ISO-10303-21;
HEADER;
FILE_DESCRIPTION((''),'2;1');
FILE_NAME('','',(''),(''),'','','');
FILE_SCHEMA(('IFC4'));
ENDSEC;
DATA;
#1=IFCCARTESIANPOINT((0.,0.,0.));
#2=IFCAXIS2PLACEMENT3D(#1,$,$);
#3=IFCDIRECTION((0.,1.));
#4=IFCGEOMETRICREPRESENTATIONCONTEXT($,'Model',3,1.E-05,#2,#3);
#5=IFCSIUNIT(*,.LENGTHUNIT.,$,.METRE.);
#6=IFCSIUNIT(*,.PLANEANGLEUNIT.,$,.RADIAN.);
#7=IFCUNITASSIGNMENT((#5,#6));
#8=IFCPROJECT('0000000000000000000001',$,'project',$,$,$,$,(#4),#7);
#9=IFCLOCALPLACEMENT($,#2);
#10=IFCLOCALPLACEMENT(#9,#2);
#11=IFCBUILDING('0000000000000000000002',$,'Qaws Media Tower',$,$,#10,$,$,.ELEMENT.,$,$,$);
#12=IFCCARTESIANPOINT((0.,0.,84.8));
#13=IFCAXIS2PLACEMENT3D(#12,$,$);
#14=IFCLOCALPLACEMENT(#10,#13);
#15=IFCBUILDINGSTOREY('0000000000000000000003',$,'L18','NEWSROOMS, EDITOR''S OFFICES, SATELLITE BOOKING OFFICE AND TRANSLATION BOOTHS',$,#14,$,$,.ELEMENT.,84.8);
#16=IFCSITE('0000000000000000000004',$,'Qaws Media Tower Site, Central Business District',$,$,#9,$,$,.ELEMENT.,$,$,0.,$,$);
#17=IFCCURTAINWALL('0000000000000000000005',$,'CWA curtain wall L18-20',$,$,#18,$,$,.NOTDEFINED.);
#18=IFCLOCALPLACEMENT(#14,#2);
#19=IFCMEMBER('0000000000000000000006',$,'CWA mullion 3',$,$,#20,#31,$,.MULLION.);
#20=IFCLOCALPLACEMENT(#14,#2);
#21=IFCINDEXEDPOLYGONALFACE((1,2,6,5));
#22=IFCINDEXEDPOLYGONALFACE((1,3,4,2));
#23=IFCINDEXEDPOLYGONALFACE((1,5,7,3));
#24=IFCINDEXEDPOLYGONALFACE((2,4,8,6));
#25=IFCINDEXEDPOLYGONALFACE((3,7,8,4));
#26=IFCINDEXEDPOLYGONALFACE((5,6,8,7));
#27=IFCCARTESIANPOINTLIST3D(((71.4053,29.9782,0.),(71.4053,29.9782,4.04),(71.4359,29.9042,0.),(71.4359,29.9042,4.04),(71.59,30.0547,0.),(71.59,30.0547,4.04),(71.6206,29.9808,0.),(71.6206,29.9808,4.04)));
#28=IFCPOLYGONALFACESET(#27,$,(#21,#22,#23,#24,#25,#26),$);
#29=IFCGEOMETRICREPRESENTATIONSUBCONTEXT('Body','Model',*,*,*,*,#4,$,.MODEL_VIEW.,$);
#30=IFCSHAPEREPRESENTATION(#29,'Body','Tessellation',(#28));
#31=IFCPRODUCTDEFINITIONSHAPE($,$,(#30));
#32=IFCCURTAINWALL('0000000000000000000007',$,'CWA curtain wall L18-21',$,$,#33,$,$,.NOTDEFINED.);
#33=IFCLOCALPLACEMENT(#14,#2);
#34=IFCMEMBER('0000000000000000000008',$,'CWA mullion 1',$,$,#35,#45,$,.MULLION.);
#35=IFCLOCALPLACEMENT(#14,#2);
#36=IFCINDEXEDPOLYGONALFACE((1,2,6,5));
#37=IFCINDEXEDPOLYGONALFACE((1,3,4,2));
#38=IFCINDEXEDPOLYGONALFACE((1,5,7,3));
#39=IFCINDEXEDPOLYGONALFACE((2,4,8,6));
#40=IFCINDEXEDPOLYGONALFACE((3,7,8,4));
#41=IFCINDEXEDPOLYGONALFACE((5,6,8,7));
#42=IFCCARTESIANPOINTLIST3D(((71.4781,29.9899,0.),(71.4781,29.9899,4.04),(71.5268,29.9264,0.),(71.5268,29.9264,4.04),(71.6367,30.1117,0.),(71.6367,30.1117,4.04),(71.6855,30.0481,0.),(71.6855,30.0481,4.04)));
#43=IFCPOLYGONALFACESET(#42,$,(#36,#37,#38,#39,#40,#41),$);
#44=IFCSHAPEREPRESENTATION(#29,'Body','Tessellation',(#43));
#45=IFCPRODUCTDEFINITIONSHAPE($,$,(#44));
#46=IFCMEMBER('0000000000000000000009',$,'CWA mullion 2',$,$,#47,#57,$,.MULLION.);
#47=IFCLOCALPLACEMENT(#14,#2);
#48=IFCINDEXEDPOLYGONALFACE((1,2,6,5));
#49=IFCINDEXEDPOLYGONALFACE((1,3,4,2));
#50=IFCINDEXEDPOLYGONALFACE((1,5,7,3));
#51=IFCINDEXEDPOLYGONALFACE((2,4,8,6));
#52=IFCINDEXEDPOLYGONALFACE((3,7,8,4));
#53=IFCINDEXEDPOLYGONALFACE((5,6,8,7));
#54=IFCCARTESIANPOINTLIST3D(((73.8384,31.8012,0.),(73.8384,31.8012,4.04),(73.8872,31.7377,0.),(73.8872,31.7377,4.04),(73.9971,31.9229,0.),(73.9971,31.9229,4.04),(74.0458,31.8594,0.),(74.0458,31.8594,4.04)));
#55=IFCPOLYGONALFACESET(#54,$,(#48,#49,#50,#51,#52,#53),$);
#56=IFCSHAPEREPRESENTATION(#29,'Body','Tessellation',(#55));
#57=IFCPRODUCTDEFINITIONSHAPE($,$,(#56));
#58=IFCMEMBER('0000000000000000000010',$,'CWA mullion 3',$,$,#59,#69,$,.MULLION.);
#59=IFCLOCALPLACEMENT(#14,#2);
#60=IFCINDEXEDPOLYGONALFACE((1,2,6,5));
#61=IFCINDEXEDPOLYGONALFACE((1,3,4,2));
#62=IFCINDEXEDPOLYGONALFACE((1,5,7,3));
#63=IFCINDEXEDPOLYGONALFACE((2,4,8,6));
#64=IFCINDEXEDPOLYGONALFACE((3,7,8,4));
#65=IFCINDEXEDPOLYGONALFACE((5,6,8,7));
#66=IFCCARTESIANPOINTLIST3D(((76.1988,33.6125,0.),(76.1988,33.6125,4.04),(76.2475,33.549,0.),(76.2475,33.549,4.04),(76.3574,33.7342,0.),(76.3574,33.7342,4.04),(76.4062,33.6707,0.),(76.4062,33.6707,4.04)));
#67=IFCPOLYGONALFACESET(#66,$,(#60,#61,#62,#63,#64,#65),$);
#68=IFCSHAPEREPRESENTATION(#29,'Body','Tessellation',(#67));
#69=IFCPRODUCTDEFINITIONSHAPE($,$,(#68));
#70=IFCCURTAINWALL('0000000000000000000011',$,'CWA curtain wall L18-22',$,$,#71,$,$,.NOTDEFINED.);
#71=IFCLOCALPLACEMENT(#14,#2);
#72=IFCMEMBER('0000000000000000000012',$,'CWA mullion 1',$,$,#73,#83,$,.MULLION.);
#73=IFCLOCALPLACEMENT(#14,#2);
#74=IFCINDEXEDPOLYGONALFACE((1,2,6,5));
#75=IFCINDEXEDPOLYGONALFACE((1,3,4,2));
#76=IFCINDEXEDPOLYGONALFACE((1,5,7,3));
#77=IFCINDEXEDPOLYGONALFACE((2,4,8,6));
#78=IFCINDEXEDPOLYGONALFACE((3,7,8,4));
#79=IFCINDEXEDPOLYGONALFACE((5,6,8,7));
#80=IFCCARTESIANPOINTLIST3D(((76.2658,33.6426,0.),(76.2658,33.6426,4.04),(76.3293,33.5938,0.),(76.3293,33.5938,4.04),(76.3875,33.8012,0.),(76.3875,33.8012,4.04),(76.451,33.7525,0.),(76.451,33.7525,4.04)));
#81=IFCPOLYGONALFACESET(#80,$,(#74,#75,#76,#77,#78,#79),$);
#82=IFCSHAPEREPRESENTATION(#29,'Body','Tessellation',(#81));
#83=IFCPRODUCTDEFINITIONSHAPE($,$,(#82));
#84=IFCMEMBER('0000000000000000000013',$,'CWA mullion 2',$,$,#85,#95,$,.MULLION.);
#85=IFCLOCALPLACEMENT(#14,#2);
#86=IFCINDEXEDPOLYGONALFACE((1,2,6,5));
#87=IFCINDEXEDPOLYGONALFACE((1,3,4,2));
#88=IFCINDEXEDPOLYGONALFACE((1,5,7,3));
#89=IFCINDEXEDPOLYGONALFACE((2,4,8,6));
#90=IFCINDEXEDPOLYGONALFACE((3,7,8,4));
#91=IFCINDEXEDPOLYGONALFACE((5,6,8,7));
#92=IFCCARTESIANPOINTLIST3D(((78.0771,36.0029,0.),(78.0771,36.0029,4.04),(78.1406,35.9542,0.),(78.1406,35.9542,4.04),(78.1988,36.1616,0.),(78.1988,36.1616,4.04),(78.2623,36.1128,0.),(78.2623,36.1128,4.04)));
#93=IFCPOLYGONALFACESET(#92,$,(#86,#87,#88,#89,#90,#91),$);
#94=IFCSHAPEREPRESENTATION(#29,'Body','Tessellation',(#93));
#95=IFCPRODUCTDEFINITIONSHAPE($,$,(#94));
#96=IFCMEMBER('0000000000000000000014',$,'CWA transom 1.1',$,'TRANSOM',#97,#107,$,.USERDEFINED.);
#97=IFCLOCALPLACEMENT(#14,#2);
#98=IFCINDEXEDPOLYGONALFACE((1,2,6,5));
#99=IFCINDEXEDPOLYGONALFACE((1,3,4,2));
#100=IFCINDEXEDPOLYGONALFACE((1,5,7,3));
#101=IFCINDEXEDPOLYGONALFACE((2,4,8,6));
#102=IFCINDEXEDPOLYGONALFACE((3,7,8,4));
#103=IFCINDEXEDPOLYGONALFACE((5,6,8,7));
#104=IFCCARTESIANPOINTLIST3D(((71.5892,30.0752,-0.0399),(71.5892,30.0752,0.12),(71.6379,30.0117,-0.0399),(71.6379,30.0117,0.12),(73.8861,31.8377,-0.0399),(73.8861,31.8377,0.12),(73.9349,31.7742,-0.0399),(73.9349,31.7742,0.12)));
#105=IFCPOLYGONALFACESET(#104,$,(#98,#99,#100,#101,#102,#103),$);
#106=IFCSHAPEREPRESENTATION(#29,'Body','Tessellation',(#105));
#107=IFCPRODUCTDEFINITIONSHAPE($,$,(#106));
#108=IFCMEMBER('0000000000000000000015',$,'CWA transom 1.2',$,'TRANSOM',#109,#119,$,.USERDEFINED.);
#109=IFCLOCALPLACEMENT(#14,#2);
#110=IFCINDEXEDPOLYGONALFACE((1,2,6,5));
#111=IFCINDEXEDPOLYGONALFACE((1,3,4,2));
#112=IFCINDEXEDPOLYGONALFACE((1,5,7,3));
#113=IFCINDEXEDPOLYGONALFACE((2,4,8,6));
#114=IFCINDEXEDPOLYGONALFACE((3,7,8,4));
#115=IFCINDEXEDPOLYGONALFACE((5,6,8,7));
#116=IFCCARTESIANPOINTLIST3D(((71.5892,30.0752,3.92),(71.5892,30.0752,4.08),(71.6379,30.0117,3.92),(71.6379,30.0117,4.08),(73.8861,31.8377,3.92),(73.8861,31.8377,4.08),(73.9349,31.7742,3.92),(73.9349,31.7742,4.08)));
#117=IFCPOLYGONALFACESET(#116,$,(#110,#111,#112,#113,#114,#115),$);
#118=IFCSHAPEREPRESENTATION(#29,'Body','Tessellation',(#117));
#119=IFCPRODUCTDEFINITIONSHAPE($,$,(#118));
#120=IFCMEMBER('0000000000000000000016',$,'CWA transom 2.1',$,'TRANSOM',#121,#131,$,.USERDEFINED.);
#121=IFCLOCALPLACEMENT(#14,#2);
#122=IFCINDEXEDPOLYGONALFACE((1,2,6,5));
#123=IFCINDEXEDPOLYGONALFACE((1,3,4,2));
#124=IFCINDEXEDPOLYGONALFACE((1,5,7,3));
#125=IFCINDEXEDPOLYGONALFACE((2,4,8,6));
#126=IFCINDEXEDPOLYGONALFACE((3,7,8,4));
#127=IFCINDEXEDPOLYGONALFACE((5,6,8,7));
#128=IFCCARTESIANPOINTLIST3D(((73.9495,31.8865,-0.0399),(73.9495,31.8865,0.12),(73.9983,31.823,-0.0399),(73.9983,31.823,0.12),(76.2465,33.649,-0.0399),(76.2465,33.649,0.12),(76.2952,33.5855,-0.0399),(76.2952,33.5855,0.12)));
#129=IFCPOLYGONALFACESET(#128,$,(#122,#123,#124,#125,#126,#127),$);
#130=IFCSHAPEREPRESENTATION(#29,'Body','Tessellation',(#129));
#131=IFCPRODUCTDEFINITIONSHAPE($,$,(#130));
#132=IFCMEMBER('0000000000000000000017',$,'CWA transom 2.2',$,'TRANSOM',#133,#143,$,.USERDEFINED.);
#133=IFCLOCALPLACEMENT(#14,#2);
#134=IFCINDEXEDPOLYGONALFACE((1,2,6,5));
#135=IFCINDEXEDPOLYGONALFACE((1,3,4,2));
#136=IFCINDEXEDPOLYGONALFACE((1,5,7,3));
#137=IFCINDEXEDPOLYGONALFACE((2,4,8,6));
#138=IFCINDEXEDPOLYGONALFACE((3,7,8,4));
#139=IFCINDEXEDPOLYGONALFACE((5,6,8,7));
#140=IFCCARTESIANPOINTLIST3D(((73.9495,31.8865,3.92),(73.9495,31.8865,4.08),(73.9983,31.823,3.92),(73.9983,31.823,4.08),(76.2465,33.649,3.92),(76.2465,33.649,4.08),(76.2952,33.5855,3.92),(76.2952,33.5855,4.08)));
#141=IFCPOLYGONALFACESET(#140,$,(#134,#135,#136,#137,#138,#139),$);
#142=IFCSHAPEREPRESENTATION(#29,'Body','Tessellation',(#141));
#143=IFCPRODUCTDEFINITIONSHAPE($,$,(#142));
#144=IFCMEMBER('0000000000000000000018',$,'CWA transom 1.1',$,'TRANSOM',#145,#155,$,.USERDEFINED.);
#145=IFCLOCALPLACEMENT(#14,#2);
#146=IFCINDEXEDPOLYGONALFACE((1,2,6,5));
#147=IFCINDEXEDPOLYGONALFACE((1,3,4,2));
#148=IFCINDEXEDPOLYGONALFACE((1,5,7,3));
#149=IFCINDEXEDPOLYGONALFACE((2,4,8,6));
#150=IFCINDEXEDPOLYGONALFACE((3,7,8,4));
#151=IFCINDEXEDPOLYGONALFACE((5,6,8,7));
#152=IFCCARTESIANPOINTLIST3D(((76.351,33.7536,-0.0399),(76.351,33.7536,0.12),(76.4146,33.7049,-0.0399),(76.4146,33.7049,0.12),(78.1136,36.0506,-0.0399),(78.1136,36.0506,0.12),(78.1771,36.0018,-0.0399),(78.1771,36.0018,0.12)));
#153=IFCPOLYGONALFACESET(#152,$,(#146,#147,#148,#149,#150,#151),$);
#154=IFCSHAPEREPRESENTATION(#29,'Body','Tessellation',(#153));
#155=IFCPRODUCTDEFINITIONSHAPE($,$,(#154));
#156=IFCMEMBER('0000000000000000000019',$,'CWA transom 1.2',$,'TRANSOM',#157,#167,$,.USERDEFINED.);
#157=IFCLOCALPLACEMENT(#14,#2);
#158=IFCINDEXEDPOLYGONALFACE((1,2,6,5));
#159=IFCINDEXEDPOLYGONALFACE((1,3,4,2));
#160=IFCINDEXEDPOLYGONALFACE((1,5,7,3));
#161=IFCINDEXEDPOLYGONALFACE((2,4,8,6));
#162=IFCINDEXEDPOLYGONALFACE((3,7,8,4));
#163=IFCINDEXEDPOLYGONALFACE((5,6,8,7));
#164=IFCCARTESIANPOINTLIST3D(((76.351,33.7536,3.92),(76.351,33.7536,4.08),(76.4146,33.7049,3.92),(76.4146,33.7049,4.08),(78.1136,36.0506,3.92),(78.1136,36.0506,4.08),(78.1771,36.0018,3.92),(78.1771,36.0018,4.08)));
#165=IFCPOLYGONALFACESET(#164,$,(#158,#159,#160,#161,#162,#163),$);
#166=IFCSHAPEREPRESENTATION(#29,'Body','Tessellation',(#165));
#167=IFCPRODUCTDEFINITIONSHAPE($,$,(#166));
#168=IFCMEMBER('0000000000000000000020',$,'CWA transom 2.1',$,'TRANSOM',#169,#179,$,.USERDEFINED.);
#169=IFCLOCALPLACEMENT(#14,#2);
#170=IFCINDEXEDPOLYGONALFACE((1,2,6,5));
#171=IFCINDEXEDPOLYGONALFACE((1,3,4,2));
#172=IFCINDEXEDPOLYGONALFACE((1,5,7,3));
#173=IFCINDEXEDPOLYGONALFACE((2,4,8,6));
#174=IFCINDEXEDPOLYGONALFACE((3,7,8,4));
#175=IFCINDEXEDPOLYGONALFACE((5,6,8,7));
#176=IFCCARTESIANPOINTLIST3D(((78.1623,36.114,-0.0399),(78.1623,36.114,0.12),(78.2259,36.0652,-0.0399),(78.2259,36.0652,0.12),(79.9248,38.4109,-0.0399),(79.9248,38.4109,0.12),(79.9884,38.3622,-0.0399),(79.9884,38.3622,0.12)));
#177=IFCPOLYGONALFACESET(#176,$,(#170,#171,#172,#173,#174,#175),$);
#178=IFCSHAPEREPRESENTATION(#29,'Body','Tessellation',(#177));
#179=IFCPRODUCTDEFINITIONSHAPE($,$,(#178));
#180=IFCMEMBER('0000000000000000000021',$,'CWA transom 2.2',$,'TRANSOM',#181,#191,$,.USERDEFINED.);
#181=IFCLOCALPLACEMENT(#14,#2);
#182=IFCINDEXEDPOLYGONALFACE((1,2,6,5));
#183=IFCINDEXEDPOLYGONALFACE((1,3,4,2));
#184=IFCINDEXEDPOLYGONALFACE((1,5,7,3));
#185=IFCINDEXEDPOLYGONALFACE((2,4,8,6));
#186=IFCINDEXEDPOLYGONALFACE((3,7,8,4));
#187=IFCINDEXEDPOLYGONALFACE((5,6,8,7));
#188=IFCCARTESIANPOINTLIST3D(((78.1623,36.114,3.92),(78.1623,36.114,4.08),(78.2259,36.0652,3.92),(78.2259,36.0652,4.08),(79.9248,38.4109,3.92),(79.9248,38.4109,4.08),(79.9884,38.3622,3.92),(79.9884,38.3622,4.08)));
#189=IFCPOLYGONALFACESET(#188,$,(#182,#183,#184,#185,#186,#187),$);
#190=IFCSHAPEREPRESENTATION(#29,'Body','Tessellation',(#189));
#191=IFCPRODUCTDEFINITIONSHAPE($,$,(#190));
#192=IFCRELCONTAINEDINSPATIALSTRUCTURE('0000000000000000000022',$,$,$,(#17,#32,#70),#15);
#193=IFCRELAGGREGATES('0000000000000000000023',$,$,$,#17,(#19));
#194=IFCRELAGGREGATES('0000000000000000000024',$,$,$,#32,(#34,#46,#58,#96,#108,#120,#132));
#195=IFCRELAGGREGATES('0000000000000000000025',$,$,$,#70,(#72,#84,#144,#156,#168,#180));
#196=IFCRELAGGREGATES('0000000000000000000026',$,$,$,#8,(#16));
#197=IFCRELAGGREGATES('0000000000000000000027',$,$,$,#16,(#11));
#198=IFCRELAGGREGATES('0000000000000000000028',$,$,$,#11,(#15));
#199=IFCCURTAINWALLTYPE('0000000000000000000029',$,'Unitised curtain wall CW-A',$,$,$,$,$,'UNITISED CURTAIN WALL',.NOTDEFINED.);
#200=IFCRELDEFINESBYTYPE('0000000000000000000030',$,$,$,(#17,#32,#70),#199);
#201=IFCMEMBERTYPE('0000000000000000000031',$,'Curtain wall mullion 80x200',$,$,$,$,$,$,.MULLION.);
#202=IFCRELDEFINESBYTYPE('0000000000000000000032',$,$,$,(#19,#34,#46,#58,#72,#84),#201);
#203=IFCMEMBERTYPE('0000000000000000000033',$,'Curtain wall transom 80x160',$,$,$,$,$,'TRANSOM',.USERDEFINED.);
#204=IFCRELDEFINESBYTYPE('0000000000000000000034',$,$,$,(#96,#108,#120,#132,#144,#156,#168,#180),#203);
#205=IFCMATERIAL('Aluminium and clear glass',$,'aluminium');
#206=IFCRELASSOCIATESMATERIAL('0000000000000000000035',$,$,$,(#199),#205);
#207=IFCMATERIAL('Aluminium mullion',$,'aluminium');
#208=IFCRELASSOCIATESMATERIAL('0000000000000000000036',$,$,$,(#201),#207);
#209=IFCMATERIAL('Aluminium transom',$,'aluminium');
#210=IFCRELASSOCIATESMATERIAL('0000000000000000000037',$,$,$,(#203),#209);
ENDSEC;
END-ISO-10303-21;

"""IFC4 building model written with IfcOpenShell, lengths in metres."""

from ifc_helpers import new_model, si_unit, direction, frame, origin, origin_2d, place, context, subcontext, project, spatial, rectangle, extrude, material, material_profile, profile_set, type_object, element, aggregate, save


model = new_model("IFC4")

# Units and contexts
model_context = context("Model", 3, precision=1e-05, world=origin(), true_north=direction((0.0, 1.0)))
body_context = subcontext(model_context, "Body", "Model", "MODEL_VIEW")
ifc_project = project(units=[si_unit("LENGTHUNIT", "METRE"), si_unit("PLANEANGLEUNIT", "RADIAN")], contexts=[model_context])

# Site, building, storey
site_placement = place(None, origin())
site = spatial("IfcSite", under=ifc_project, at=site_placement, Name="Qaws Media Tower Site, Central Business District", CompositionType="ELEMENT", RefElevation=0.0)
building_placement = place(site_placement, origin())
building = spatial("IfcBuilding", under=site, at=building_placement, Name="Qaws Media Tower", CompositionType="ELEMENT")
storey_placement = place(building_placement, frame((0.0, 0.0, 84.8)))
storey = spatial("IfcBuildingStorey", under=building, at=storey_placement, Name="L18", Description="NEWSROOMS, EDITOR'S OFFICES, SATELLITE BOOKING OFFICE AND TRANSLATION BOOTHS", CompositionType="ELEMENT", Elevation=84.8)

# Curtain wall, member
ifc_material_1 = material(Name="Aluminium and clear glass", Category="aluminium")
curtain_wall_type = type_object("IfcCurtainWallType", Name="Unitised curtain wall CW-A", ElementType="UNITISED CURTAIN WALL", PredefinedType="NOTDEFINED", material=ifc_material_1)
curtain_wall_1_placement = place(storey_placement, origin())
curtain_wall_1 = element("IfcCurtainWall", 1, at=curtain_wall_1_placement, inside=storey, type_object=curtain_wall_type, Name="CWA curtain wall L18-20", PredefinedType="NOTDEFINED")
ifc_material_2 = material(Name="Aluminium mullion", Category="aluminium")
ifc_material_profile_1 = material_profile(ifc_material_2, rectangle(XDim=0.0801, YDim=0.2, at=origin_2d()), Name="80x200")
ifc_profile_set_1 = profile_set([ifc_material_profile_1], Name="Aluminium mullion")
member_type_1 = type_object("IfcMemberType", Name="Curtain wall mullion 80x200", PredefinedType="MULLION", material=ifc_profile_set_1)
member_1_placement = place(storey_placement, frame((71.5129, 29.9795, 0.0), z_axis=(0.0, 0.0, 1.0), x_axis=(-0.382683, 0.92388, 0.0)))
member_1 = element("IfcMember", 2, at=member_1_placement, type_object=member_type_1, Name="CWA mullion 3", PredefinedType="MULLION", context=body_context, shape_type="SweptSolid", body=[
    extrude(rectangle(XDim=0.0801, YDim=0.2, at=origin_2d()), origin(), (0.0, 0.0, 1.0), 4.04),
])

# Curtain walls, members
curtain_wall_2_placement = place(storey_placement, origin())
curtain_wall_2 = element("IfcCurtainWall", 3, at=curtain_wall_2_placement, inside=storey, type_object=curtain_wall_type, Name="CWA curtain wall L18-21", PredefinedType="NOTDEFINED")
member_2_placement = place(storey_placement, frame((71.5818, 30.019, 0.0), z_axis=(0.0, 0.0, 1.0), x_axis=(-0.608761, 0.793353, 0.0)))
member_2 = element("IfcMember", 4, at=member_2_placement, type_object=member_type_1, Name="CWA mullion 1", PredefinedType="MULLION", context=body_context, shape_type="SweptSolid", body=[
    extrude(rectangle(XDim=0.0801, YDim=0.2, at=origin_2d()), origin(), (0.0, 0.0, 1.0), 4.04),
])
member_3_placement = place(storey_placement, frame((73.9421, 31.8303, 0.0), z_axis=(0.0, 0.0, 1.0), x_axis=(-0.608761, 0.793353, 0.0)))
member_3 = element("IfcMember", 5, at=member_3_placement, type_object=member_type_1, Name="CWA mullion 2", PredefinedType="MULLION", context=body_context, shape_type="SweptSolid", body=[
    extrude(rectangle(XDim=0.0801, YDim=0.2, at=origin_2d()), origin(), (0.0, 0.0, 1.0), 4.04),
])
member_4_placement = place(storey_placement, frame((76.3025, 33.6416, 0.0), z_axis=(0.0, 0.0, 1.0), x_axis=(-0.608761, 0.793353, 0.0)))
member_4 = element("IfcMember", 6, at=member_4_placement, type_object=member_type_1, Name="CWA mullion 3", PredefinedType="MULLION", context=body_context, shape_type="SweptSolid", body=[
    extrude(rectangle(XDim=0.0801, YDim=0.2, at=origin_2d()), origin(), (0.0, 0.0, 1.0), 4.04),
])
curtain_wall_3_placement = place(storey_placement, origin())
curtain_wall_3 = element("IfcCurtainWall", 7, at=curtain_wall_3_placement, inside=storey, type_object=curtain_wall_type, Name="CWA curtain wall L18-22", PredefinedType="NOTDEFINED")
member_5_placement = place(storey_placement, frame((76.3584, 33.6975, 0.0), z_axis=(0.0, 0.0, 1.0), x_axis=(-0.793353, 0.608761, 0.0)))
member_5 = element("IfcMember", 8, at=member_5_placement, type_object=member_type_1, Name="CWA mullion 1", PredefinedType="MULLION", context=body_context, shape_type="SweptSolid", body=[
    extrude(rectangle(XDim=0.0801, YDim=0.2, at=origin_2d()), origin(), (0.0, 0.0, 1.0), 4.04),
])
member_6_placement = place(storey_placement, frame((78.1697, 36.0579, 0.0), z_axis=(0.0, 0.0, 1.0), x_axis=(-0.793353, 0.608761, 0.0)))
member_6 = element("IfcMember", 9, at=member_6_placement, type_object=member_type_1, Name="CWA mullion 2", PredefinedType="MULLION", context=body_context, shape_type="SweptSolid", body=[
    extrude(rectangle(XDim=0.0801, YDim=0.2, at=origin_2d()), origin(), (0.0, 0.0, 1.0), 4.04),
])

# Members
ifc_material_3 = material(Name="Aluminium transom", Category="aluminium")
ifc_material_profile_2 = material_profile(ifc_material_3, rectangle(XDim=0.0801, YDim=0.1599, at=origin_2d()), Name="80x160")
ifc_profile_set_2 = profile_set([ifc_material_profile_2], Name="Aluminium transom")
member_type_2 = type_object("IfcMemberType", Name="Curtain wall transom 80x160", ElementType="TRANSOM", PredefinedType="USERDEFINED", material=ifc_profile_set_2)
member_7_placement = place(storey_placement, frame((71.6135, 30.0435, 0.04), z_axis=(0.793354, 0.608761, 0.0), x_axis=(-0.608761, 0.793354, 0.0)))
member_7 = element("IfcMember", 10, at=member_7_placement, type_object=member_type_2, Name="CWA transom 1.1", ObjectType="TRANSOM", PredefinedType="USERDEFINED", context=body_context, shape_type="SweptSolid", body=[
    extrude(rectangle(XDim=0.0801, YDim=0.1599, at=origin_2d()), origin(), (0.0, 0.0, 1.0), 2.8953),
])
member_8_placement = place(storey_placement, frame((71.6135, 30.0435, 4.0), z_axis=(0.793354, 0.608761, 0.0), x_axis=(-0.608761, 0.793354, 0.0)))
member_8 = element("IfcMember", 11, at=member_8_placement, type_object=member_type_2, Name="CWA transom 1.2", ObjectType="TRANSOM", PredefinedType="USERDEFINED", context=body_context, shape_type="SweptSolid", body=[
    extrude(rectangle(XDim=0.0801, YDim=0.1599, at=origin_2d()), origin(), (0.0, 0.0, 1.0), 2.8953),
])
member_9_placement = place(storey_placement, frame((73.9739, 31.8547, 0.04), z_axis=(0.793354, 0.608761, 0.0), x_axis=(-0.608761, 0.793354, 0.0)))
member_9 = element("IfcMember", 12, at=member_9_placement, type_object=member_type_2, Name="CWA transom 2.1", ObjectType="TRANSOM", PredefinedType="USERDEFINED", context=body_context, shape_type="SweptSolid", body=[
    extrude(rectangle(XDim=0.0801, YDim=0.1599, at=origin_2d()), origin(), (0.0, 0.0, 1.0), 2.8953),
])
member_10_placement = place(storey_placement, frame((73.9739, 31.8547, 4.0), z_axis=(0.793354, 0.608761, 0.0), x_axis=(-0.608761, 0.793354, 0.0)))
member_10 = element("IfcMember", 13, at=member_10_placement, type_object=member_type_2, Name="CWA transom 2.2", ObjectType="TRANSOM", PredefinedType="USERDEFINED", context=body_context, shape_type="SweptSolid", body=[
    extrude(rectangle(XDim=0.0801, YDim=0.1599, at=origin_2d()), origin(), (0.0, 0.0, 1.0), 2.8953),
])
member_11_placement = place(storey_placement, frame((76.3828, 33.7292, 0.04), z_axis=(0.608761, 0.793354, 0.0), x_axis=(-0.793354, 0.608761, 0.0)))
member_11 = element("IfcMember", 14, at=member_11_placement, type_object=member_type_2, Name="CWA transom 1.1", ObjectType="TRANSOM", PredefinedType="USERDEFINED", context=body_context, shape_type="SweptSolid", body=[
    extrude(rectangle(XDim=0.0801, YDim=0.1599, at=origin_2d()), origin(), (0.0, 0.0, 1.0), 2.8953),
])
member_12_placement = place(storey_placement, frame((76.3828, 33.7292, 4.0), z_axis=(0.608761, 0.793354, 0.0), x_axis=(-0.793354, 0.608761, 0.0)))
member_12 = element("IfcMember", 15, at=member_12_placement, type_object=member_type_2, Name="CWA transom 1.2", ObjectType="TRANSOM", PredefinedType="USERDEFINED", context=body_context, shape_type="SweptSolid", body=[
    extrude(rectangle(XDim=0.0801, YDim=0.1599, at=origin_2d()), origin(), (0.0, 0.0, 1.0), 2.8953),
])
member_13_placement = place(storey_placement, frame((78.1941, 36.0896, 0.04), z_axis=(0.608761, 0.793354, 0.0), x_axis=(-0.793354, 0.608761, 0.0)))
member_13 = element("IfcMember", 16, at=member_13_placement, type_object=member_type_2, Name="CWA transom 2.1", ObjectType="TRANSOM", PredefinedType="USERDEFINED", context=body_context, shape_type="SweptSolid", body=[
    extrude(rectangle(XDim=0.0801, YDim=0.1599, at=origin_2d()), origin(), (0.0, 0.0, 1.0), 2.8953),
])
member_14_placement = place(storey_placement, frame((78.1941, 36.0896, 4.0), z_axis=(0.608761, 0.793354, 0.0), x_axis=(-0.793354, 0.608761, 0.0)))
member_14 = element("IfcMember", 17, at=member_14_placement, type_object=member_type_2, Name="CWA transom 2.2", ObjectType="TRANSOM", PredefinedType="USERDEFINED", context=body_context, shape_type="SweptSolid", body=[
    extrude(rectangle(XDim=0.0801, YDim=0.1599, at=origin_2d()), origin(), (0.0, 0.0, 1.0), 2.8953),
])

aggregate(curtain_wall_1, [member_1])
aggregate(curtain_wall_2, [member_2, member_3, member_4, member_7, member_8, member_9, member_10])
aggregate(curtain_wall_3, [member_5, member_6, member_11, member_12, member_13, member_14])

save(model, "model.ifc")
